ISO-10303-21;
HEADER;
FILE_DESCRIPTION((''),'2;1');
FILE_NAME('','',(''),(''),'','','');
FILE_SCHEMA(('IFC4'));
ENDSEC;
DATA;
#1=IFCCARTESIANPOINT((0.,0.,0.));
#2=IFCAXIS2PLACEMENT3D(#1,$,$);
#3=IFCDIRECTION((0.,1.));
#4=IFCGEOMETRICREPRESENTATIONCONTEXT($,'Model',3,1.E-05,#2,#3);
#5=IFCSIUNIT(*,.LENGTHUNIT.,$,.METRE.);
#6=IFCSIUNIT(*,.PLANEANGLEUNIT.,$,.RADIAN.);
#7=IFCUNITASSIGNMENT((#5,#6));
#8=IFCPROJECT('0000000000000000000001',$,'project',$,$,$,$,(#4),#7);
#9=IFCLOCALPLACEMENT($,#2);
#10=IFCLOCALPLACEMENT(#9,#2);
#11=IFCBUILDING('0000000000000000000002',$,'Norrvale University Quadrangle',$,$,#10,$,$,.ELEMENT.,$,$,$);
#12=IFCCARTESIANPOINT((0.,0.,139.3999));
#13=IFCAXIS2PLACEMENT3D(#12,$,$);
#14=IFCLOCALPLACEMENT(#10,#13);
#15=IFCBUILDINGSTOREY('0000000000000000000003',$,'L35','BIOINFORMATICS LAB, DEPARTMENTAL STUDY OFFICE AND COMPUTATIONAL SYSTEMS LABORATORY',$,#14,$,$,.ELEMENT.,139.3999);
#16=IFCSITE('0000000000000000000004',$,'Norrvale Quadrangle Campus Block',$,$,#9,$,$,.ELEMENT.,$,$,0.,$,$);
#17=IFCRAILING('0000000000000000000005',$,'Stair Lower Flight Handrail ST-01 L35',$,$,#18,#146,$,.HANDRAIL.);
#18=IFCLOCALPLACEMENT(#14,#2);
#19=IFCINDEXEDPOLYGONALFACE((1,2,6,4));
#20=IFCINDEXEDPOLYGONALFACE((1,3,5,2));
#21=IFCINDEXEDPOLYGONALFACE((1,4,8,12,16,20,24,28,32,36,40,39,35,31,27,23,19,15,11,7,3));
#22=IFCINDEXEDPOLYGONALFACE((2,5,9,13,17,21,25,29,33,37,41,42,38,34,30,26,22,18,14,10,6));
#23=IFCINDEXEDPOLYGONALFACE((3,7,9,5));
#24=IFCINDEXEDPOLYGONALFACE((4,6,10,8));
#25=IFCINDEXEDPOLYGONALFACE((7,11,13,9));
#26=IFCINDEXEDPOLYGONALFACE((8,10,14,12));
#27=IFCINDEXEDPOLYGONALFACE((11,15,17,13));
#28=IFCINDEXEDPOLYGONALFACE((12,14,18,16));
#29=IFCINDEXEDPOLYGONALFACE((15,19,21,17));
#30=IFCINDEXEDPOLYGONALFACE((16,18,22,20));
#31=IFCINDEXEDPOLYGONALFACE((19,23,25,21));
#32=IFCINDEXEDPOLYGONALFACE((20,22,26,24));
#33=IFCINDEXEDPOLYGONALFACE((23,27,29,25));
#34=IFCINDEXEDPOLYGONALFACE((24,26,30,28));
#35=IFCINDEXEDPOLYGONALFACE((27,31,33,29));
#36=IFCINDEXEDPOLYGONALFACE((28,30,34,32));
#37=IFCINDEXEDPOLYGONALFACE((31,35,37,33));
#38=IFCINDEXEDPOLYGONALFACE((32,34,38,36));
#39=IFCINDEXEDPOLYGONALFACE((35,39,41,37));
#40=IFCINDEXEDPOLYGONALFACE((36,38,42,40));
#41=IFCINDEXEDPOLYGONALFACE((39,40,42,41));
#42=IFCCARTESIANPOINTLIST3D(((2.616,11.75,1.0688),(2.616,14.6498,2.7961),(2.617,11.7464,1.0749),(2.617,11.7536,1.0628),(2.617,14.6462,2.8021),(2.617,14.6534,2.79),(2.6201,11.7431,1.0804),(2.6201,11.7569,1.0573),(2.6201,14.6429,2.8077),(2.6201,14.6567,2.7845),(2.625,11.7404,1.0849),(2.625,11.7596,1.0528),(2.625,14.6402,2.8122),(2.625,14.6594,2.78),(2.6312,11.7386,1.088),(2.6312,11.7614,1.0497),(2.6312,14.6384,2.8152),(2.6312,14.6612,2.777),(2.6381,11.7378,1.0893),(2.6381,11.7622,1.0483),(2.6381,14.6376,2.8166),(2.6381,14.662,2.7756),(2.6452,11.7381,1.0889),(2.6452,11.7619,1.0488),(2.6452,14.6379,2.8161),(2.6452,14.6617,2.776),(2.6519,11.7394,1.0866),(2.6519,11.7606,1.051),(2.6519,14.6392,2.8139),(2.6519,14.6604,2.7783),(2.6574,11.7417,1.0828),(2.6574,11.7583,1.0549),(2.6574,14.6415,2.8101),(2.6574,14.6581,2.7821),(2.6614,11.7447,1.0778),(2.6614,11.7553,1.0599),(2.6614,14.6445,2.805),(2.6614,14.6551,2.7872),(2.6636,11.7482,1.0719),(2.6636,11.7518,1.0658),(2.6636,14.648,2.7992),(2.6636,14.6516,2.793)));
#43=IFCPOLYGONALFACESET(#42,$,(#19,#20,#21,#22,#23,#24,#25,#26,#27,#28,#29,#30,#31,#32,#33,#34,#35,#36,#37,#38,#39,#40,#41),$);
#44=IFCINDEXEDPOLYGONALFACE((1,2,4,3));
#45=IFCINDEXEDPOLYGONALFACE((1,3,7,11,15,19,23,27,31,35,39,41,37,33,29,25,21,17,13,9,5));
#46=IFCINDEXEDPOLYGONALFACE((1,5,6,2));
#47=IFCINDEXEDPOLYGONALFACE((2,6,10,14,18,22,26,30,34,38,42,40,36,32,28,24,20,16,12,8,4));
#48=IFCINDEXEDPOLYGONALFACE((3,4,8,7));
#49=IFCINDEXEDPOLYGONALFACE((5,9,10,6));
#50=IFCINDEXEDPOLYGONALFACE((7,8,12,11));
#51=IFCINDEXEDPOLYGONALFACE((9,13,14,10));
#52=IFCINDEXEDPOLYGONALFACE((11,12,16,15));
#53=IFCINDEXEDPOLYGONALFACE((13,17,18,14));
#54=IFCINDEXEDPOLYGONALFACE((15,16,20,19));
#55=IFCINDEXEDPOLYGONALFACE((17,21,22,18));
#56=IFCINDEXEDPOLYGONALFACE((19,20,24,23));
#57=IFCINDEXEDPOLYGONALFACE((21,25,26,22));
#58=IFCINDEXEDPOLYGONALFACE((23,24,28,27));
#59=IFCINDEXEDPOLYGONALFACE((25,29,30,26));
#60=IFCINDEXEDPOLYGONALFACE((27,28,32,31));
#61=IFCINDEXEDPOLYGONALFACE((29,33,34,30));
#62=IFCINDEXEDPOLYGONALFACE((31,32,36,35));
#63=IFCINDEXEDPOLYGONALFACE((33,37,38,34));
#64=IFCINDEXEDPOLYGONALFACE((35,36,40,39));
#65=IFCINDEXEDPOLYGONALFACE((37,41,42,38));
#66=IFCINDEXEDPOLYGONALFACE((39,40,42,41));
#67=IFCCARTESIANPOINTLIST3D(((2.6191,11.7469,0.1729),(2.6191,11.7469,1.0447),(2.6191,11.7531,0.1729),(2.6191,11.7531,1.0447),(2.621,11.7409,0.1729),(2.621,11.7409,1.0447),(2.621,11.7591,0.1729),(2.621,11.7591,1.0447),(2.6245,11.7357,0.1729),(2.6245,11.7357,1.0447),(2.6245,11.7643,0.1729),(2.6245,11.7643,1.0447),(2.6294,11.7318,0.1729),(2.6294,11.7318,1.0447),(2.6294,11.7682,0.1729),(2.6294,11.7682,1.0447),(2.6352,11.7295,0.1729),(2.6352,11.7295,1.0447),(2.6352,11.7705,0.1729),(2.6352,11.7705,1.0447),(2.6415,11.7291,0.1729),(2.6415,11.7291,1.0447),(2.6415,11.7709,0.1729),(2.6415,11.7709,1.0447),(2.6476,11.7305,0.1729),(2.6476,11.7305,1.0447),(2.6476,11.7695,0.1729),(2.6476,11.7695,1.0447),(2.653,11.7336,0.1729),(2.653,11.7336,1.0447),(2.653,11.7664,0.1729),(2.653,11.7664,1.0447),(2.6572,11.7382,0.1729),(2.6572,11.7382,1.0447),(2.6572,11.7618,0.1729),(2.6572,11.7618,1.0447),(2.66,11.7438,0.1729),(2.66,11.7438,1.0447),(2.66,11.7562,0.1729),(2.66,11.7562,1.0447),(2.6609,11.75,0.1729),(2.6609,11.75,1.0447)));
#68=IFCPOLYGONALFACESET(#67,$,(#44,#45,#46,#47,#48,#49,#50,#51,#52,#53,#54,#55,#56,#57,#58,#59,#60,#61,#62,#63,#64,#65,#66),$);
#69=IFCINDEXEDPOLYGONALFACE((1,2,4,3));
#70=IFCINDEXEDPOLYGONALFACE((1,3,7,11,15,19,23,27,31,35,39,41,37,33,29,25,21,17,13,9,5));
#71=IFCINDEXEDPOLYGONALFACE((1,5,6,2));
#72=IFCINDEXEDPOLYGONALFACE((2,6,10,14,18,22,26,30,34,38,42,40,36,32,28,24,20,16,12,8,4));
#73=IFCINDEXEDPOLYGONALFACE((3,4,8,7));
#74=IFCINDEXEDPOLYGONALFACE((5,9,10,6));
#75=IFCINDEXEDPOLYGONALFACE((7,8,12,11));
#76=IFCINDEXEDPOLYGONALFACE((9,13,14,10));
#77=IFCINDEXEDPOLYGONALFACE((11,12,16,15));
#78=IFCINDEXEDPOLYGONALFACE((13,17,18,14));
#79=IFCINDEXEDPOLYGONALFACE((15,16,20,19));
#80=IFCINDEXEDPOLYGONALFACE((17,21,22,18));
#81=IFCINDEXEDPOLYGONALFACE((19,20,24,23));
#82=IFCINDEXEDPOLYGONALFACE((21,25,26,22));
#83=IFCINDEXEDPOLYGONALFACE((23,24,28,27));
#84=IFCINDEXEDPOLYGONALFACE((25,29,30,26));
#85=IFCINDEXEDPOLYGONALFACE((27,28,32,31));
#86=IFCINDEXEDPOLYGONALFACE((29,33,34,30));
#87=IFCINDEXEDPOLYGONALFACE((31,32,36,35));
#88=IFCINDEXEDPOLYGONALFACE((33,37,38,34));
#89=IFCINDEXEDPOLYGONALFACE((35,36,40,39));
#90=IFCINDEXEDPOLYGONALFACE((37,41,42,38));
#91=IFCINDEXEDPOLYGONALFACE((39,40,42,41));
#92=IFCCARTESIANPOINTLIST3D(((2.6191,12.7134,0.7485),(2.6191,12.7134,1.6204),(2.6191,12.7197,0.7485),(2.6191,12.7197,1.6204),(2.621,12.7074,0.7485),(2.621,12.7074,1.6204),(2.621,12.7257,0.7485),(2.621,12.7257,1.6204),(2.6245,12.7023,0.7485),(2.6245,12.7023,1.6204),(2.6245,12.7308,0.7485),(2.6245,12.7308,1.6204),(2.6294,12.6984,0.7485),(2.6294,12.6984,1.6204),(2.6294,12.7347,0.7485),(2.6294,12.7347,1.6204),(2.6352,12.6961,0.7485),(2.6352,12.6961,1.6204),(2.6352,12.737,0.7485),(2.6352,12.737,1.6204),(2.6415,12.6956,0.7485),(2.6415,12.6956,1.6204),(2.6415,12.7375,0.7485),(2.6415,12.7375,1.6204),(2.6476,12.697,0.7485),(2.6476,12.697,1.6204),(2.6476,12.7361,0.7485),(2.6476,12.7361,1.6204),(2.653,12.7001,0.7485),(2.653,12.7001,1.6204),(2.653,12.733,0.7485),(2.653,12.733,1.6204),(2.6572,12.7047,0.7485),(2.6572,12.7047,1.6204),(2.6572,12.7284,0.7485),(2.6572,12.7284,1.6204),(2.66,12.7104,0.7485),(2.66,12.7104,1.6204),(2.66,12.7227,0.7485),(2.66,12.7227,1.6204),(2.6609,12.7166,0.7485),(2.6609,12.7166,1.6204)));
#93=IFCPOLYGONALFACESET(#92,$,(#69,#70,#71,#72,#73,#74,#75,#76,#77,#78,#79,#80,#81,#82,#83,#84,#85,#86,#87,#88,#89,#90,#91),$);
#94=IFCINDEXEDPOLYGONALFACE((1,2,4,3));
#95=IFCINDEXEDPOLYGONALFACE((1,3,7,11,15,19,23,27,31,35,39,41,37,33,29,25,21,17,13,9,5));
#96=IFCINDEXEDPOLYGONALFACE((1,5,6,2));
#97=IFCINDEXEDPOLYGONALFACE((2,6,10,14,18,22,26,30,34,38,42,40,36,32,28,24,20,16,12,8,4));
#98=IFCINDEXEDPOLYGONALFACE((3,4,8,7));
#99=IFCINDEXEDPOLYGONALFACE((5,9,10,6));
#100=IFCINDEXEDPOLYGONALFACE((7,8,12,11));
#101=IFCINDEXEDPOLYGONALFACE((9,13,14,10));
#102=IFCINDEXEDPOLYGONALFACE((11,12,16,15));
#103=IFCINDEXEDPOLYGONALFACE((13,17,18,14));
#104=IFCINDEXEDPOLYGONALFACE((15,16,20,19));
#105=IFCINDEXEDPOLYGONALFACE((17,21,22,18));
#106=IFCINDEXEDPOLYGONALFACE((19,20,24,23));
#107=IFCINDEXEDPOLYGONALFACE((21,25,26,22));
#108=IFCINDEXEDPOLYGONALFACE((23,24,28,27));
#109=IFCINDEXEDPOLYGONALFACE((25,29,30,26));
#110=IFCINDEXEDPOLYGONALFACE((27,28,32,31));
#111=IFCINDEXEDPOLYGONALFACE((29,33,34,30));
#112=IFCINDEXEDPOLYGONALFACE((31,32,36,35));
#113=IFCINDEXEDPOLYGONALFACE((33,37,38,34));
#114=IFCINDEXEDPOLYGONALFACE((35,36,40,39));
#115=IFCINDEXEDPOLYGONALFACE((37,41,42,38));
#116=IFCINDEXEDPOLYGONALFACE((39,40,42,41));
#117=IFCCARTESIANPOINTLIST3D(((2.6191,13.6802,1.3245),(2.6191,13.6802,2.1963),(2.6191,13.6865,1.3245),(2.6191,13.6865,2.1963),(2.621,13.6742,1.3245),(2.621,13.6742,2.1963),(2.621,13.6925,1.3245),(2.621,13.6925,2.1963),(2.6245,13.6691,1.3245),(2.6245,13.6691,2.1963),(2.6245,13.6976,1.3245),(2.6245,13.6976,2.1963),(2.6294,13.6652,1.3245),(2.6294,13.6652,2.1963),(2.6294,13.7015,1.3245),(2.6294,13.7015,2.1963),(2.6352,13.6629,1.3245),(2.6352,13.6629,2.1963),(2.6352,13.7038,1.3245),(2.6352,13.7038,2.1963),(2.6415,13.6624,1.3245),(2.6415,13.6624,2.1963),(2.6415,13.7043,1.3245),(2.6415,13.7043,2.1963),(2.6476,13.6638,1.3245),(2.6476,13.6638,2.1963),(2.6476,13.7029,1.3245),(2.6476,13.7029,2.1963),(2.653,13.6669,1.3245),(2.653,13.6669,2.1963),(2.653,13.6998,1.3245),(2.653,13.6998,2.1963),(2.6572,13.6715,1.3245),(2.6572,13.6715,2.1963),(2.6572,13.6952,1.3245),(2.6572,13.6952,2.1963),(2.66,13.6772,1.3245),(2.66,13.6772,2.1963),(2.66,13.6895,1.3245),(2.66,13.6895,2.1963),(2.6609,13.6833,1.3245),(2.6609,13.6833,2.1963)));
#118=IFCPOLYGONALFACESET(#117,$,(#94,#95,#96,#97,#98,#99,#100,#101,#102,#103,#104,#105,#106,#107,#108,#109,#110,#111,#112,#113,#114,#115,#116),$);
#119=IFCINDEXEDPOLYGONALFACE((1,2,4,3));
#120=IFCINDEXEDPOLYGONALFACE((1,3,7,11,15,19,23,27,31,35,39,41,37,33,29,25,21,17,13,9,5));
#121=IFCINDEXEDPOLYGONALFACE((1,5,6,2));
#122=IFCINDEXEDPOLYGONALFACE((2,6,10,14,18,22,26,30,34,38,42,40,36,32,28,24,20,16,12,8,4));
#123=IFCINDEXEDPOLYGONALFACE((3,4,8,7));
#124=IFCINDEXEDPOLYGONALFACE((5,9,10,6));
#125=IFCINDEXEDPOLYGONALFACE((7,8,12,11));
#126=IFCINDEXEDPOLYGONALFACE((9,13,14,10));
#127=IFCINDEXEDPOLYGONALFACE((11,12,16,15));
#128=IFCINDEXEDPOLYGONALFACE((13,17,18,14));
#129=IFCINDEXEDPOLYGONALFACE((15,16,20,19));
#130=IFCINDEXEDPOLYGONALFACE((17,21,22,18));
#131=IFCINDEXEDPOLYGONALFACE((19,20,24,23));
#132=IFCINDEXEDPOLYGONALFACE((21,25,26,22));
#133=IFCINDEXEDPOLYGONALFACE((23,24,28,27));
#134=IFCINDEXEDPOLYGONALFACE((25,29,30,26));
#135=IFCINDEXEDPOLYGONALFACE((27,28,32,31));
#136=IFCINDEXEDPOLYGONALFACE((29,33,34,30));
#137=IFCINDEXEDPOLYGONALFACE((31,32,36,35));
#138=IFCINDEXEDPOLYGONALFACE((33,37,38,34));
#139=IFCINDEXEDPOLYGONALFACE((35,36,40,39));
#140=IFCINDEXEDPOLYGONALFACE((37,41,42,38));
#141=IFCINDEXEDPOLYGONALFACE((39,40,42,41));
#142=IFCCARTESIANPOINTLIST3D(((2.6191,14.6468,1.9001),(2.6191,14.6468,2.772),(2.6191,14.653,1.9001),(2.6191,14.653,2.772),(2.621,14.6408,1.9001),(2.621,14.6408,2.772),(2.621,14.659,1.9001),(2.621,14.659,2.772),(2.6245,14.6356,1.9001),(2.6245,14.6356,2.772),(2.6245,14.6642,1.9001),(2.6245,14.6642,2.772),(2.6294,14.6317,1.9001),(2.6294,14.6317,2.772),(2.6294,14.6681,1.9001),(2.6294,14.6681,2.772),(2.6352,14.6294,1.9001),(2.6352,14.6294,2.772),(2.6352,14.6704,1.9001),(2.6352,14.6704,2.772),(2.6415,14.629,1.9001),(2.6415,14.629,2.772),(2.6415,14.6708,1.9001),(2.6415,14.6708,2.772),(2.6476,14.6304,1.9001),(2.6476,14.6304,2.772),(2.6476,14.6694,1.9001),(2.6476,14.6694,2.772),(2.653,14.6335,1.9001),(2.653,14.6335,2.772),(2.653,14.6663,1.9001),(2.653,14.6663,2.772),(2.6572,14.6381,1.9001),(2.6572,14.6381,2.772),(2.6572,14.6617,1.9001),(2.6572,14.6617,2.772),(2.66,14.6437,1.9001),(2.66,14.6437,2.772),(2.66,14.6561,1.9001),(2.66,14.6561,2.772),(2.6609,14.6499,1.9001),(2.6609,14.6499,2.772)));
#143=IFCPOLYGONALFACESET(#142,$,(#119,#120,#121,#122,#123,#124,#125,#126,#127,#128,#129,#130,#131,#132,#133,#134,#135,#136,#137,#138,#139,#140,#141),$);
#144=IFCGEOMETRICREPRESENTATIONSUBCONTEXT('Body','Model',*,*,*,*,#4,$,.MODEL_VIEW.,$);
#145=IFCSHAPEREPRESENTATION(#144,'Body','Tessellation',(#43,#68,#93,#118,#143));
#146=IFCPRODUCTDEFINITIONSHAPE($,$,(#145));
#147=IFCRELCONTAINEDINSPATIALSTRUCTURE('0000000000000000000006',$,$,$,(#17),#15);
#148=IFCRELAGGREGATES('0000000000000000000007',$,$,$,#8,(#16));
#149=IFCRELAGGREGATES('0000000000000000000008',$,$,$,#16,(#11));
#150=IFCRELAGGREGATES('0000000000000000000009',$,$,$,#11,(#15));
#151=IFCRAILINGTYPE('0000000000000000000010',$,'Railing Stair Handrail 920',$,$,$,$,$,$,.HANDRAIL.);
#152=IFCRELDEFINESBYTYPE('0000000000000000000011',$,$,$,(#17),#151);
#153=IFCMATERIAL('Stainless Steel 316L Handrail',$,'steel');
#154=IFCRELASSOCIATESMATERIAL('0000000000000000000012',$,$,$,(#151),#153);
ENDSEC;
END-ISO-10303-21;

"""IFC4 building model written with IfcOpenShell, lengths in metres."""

from ifc_helpers import new_model, si_unit, direction, frame, origin, origin_2d, place, context, subcontext, project, spatial, circle, extrude, material, type_object, element, save


model = new_model("IFC4")

# Units and contexts
model_context = context("Model", 3, precision=1e-05, world=origin(), true_north=direction((0.0, 1.0)))
body_context = subcontext(model_context, "Body", "Model", "MODEL_VIEW")
ifc_project = project(units=[si_unit("LENGTHUNIT", "METRE"), si_unit("PLANEANGLEUNIT", "RADIAN")], contexts=[model_context])

# Site, building, storey
site_placement = place(None, origin())
site = spatial("IfcSite", under=ifc_project, at=site_placement, Name="Norrvale Quadrangle Campus Block", CompositionType="ELEMENT", RefElevation=0.0)
building_placement = place(site_placement, origin())
building = spatial("IfcBuilding", under=site, at=building_placement, Name="Norrvale University Quadrangle", CompositionType="ELEMENT")
storey_placement = place(building_placement, frame((0.0, 0.0, 139.3999)))
storey = spatial("IfcBuildingStorey", under=building, at=storey_placement, Name="L35", Description="BIOINFORMATICS LAB, DEPARTMENTAL STUDY OFFICE AND COMPUTATIONAL SYSTEMS LABORATORY", CompositionType="ELEMENT", Elevation=139.3999)

# Railing
ifc_material_1 = material(Name="Stainless Steel 316L Handrail", Category="steel")
railing_type_1 = type_object("IfcRailingType", Name="Railing Stair Handrail 920", PredefinedType="HANDRAIL", material=ifc_material_1)
railing_1_placement = place(storey_placement, frame((2.6399, 11.75, 0.1729)))
element("IfcRailing", 1, at=railing_1_placement, inside=storey, type_object=railing_type_1, Name="Stair Lower Flight Handrail ST-01 L35", PredefinedType="HANDRAIL", context=body_context, shape_type="SweptSolid", body=[
    extrude(circle(Radius=0.0239, at=origin_2d()), frame((0.0, 0.0, 0.896), z_axis=(0.0, 0.859141, 0.511738), x_axis=(-1.0, 0.0, 0.0)), (0.0, 0.0, 1.0), 3.3752),
    extrude(circle(Radius=0.021, at=origin_2d()), origin(), (0.0, 0.0, 1.0), 0.8718),
    extrude(circle(Radius=0.021, at=origin_2d()), frame((0.0, 0.9666, 0.5757)), (0.0, 0.0, 1.0), 0.8718),
    extrude(circle(Radius=0.021, at=origin_2d()), frame((0.0, 1.9333, 1.1516)), (0.0, 0.0, 1.0), 0.8718),
    extrude(circle(Radius=0.021, at=origin_2d()), frame((0.0, 2.8999, 1.7273)), (0.0, 0.0, 1.0), 0.8718),
])

save(model, "model.ifc")
